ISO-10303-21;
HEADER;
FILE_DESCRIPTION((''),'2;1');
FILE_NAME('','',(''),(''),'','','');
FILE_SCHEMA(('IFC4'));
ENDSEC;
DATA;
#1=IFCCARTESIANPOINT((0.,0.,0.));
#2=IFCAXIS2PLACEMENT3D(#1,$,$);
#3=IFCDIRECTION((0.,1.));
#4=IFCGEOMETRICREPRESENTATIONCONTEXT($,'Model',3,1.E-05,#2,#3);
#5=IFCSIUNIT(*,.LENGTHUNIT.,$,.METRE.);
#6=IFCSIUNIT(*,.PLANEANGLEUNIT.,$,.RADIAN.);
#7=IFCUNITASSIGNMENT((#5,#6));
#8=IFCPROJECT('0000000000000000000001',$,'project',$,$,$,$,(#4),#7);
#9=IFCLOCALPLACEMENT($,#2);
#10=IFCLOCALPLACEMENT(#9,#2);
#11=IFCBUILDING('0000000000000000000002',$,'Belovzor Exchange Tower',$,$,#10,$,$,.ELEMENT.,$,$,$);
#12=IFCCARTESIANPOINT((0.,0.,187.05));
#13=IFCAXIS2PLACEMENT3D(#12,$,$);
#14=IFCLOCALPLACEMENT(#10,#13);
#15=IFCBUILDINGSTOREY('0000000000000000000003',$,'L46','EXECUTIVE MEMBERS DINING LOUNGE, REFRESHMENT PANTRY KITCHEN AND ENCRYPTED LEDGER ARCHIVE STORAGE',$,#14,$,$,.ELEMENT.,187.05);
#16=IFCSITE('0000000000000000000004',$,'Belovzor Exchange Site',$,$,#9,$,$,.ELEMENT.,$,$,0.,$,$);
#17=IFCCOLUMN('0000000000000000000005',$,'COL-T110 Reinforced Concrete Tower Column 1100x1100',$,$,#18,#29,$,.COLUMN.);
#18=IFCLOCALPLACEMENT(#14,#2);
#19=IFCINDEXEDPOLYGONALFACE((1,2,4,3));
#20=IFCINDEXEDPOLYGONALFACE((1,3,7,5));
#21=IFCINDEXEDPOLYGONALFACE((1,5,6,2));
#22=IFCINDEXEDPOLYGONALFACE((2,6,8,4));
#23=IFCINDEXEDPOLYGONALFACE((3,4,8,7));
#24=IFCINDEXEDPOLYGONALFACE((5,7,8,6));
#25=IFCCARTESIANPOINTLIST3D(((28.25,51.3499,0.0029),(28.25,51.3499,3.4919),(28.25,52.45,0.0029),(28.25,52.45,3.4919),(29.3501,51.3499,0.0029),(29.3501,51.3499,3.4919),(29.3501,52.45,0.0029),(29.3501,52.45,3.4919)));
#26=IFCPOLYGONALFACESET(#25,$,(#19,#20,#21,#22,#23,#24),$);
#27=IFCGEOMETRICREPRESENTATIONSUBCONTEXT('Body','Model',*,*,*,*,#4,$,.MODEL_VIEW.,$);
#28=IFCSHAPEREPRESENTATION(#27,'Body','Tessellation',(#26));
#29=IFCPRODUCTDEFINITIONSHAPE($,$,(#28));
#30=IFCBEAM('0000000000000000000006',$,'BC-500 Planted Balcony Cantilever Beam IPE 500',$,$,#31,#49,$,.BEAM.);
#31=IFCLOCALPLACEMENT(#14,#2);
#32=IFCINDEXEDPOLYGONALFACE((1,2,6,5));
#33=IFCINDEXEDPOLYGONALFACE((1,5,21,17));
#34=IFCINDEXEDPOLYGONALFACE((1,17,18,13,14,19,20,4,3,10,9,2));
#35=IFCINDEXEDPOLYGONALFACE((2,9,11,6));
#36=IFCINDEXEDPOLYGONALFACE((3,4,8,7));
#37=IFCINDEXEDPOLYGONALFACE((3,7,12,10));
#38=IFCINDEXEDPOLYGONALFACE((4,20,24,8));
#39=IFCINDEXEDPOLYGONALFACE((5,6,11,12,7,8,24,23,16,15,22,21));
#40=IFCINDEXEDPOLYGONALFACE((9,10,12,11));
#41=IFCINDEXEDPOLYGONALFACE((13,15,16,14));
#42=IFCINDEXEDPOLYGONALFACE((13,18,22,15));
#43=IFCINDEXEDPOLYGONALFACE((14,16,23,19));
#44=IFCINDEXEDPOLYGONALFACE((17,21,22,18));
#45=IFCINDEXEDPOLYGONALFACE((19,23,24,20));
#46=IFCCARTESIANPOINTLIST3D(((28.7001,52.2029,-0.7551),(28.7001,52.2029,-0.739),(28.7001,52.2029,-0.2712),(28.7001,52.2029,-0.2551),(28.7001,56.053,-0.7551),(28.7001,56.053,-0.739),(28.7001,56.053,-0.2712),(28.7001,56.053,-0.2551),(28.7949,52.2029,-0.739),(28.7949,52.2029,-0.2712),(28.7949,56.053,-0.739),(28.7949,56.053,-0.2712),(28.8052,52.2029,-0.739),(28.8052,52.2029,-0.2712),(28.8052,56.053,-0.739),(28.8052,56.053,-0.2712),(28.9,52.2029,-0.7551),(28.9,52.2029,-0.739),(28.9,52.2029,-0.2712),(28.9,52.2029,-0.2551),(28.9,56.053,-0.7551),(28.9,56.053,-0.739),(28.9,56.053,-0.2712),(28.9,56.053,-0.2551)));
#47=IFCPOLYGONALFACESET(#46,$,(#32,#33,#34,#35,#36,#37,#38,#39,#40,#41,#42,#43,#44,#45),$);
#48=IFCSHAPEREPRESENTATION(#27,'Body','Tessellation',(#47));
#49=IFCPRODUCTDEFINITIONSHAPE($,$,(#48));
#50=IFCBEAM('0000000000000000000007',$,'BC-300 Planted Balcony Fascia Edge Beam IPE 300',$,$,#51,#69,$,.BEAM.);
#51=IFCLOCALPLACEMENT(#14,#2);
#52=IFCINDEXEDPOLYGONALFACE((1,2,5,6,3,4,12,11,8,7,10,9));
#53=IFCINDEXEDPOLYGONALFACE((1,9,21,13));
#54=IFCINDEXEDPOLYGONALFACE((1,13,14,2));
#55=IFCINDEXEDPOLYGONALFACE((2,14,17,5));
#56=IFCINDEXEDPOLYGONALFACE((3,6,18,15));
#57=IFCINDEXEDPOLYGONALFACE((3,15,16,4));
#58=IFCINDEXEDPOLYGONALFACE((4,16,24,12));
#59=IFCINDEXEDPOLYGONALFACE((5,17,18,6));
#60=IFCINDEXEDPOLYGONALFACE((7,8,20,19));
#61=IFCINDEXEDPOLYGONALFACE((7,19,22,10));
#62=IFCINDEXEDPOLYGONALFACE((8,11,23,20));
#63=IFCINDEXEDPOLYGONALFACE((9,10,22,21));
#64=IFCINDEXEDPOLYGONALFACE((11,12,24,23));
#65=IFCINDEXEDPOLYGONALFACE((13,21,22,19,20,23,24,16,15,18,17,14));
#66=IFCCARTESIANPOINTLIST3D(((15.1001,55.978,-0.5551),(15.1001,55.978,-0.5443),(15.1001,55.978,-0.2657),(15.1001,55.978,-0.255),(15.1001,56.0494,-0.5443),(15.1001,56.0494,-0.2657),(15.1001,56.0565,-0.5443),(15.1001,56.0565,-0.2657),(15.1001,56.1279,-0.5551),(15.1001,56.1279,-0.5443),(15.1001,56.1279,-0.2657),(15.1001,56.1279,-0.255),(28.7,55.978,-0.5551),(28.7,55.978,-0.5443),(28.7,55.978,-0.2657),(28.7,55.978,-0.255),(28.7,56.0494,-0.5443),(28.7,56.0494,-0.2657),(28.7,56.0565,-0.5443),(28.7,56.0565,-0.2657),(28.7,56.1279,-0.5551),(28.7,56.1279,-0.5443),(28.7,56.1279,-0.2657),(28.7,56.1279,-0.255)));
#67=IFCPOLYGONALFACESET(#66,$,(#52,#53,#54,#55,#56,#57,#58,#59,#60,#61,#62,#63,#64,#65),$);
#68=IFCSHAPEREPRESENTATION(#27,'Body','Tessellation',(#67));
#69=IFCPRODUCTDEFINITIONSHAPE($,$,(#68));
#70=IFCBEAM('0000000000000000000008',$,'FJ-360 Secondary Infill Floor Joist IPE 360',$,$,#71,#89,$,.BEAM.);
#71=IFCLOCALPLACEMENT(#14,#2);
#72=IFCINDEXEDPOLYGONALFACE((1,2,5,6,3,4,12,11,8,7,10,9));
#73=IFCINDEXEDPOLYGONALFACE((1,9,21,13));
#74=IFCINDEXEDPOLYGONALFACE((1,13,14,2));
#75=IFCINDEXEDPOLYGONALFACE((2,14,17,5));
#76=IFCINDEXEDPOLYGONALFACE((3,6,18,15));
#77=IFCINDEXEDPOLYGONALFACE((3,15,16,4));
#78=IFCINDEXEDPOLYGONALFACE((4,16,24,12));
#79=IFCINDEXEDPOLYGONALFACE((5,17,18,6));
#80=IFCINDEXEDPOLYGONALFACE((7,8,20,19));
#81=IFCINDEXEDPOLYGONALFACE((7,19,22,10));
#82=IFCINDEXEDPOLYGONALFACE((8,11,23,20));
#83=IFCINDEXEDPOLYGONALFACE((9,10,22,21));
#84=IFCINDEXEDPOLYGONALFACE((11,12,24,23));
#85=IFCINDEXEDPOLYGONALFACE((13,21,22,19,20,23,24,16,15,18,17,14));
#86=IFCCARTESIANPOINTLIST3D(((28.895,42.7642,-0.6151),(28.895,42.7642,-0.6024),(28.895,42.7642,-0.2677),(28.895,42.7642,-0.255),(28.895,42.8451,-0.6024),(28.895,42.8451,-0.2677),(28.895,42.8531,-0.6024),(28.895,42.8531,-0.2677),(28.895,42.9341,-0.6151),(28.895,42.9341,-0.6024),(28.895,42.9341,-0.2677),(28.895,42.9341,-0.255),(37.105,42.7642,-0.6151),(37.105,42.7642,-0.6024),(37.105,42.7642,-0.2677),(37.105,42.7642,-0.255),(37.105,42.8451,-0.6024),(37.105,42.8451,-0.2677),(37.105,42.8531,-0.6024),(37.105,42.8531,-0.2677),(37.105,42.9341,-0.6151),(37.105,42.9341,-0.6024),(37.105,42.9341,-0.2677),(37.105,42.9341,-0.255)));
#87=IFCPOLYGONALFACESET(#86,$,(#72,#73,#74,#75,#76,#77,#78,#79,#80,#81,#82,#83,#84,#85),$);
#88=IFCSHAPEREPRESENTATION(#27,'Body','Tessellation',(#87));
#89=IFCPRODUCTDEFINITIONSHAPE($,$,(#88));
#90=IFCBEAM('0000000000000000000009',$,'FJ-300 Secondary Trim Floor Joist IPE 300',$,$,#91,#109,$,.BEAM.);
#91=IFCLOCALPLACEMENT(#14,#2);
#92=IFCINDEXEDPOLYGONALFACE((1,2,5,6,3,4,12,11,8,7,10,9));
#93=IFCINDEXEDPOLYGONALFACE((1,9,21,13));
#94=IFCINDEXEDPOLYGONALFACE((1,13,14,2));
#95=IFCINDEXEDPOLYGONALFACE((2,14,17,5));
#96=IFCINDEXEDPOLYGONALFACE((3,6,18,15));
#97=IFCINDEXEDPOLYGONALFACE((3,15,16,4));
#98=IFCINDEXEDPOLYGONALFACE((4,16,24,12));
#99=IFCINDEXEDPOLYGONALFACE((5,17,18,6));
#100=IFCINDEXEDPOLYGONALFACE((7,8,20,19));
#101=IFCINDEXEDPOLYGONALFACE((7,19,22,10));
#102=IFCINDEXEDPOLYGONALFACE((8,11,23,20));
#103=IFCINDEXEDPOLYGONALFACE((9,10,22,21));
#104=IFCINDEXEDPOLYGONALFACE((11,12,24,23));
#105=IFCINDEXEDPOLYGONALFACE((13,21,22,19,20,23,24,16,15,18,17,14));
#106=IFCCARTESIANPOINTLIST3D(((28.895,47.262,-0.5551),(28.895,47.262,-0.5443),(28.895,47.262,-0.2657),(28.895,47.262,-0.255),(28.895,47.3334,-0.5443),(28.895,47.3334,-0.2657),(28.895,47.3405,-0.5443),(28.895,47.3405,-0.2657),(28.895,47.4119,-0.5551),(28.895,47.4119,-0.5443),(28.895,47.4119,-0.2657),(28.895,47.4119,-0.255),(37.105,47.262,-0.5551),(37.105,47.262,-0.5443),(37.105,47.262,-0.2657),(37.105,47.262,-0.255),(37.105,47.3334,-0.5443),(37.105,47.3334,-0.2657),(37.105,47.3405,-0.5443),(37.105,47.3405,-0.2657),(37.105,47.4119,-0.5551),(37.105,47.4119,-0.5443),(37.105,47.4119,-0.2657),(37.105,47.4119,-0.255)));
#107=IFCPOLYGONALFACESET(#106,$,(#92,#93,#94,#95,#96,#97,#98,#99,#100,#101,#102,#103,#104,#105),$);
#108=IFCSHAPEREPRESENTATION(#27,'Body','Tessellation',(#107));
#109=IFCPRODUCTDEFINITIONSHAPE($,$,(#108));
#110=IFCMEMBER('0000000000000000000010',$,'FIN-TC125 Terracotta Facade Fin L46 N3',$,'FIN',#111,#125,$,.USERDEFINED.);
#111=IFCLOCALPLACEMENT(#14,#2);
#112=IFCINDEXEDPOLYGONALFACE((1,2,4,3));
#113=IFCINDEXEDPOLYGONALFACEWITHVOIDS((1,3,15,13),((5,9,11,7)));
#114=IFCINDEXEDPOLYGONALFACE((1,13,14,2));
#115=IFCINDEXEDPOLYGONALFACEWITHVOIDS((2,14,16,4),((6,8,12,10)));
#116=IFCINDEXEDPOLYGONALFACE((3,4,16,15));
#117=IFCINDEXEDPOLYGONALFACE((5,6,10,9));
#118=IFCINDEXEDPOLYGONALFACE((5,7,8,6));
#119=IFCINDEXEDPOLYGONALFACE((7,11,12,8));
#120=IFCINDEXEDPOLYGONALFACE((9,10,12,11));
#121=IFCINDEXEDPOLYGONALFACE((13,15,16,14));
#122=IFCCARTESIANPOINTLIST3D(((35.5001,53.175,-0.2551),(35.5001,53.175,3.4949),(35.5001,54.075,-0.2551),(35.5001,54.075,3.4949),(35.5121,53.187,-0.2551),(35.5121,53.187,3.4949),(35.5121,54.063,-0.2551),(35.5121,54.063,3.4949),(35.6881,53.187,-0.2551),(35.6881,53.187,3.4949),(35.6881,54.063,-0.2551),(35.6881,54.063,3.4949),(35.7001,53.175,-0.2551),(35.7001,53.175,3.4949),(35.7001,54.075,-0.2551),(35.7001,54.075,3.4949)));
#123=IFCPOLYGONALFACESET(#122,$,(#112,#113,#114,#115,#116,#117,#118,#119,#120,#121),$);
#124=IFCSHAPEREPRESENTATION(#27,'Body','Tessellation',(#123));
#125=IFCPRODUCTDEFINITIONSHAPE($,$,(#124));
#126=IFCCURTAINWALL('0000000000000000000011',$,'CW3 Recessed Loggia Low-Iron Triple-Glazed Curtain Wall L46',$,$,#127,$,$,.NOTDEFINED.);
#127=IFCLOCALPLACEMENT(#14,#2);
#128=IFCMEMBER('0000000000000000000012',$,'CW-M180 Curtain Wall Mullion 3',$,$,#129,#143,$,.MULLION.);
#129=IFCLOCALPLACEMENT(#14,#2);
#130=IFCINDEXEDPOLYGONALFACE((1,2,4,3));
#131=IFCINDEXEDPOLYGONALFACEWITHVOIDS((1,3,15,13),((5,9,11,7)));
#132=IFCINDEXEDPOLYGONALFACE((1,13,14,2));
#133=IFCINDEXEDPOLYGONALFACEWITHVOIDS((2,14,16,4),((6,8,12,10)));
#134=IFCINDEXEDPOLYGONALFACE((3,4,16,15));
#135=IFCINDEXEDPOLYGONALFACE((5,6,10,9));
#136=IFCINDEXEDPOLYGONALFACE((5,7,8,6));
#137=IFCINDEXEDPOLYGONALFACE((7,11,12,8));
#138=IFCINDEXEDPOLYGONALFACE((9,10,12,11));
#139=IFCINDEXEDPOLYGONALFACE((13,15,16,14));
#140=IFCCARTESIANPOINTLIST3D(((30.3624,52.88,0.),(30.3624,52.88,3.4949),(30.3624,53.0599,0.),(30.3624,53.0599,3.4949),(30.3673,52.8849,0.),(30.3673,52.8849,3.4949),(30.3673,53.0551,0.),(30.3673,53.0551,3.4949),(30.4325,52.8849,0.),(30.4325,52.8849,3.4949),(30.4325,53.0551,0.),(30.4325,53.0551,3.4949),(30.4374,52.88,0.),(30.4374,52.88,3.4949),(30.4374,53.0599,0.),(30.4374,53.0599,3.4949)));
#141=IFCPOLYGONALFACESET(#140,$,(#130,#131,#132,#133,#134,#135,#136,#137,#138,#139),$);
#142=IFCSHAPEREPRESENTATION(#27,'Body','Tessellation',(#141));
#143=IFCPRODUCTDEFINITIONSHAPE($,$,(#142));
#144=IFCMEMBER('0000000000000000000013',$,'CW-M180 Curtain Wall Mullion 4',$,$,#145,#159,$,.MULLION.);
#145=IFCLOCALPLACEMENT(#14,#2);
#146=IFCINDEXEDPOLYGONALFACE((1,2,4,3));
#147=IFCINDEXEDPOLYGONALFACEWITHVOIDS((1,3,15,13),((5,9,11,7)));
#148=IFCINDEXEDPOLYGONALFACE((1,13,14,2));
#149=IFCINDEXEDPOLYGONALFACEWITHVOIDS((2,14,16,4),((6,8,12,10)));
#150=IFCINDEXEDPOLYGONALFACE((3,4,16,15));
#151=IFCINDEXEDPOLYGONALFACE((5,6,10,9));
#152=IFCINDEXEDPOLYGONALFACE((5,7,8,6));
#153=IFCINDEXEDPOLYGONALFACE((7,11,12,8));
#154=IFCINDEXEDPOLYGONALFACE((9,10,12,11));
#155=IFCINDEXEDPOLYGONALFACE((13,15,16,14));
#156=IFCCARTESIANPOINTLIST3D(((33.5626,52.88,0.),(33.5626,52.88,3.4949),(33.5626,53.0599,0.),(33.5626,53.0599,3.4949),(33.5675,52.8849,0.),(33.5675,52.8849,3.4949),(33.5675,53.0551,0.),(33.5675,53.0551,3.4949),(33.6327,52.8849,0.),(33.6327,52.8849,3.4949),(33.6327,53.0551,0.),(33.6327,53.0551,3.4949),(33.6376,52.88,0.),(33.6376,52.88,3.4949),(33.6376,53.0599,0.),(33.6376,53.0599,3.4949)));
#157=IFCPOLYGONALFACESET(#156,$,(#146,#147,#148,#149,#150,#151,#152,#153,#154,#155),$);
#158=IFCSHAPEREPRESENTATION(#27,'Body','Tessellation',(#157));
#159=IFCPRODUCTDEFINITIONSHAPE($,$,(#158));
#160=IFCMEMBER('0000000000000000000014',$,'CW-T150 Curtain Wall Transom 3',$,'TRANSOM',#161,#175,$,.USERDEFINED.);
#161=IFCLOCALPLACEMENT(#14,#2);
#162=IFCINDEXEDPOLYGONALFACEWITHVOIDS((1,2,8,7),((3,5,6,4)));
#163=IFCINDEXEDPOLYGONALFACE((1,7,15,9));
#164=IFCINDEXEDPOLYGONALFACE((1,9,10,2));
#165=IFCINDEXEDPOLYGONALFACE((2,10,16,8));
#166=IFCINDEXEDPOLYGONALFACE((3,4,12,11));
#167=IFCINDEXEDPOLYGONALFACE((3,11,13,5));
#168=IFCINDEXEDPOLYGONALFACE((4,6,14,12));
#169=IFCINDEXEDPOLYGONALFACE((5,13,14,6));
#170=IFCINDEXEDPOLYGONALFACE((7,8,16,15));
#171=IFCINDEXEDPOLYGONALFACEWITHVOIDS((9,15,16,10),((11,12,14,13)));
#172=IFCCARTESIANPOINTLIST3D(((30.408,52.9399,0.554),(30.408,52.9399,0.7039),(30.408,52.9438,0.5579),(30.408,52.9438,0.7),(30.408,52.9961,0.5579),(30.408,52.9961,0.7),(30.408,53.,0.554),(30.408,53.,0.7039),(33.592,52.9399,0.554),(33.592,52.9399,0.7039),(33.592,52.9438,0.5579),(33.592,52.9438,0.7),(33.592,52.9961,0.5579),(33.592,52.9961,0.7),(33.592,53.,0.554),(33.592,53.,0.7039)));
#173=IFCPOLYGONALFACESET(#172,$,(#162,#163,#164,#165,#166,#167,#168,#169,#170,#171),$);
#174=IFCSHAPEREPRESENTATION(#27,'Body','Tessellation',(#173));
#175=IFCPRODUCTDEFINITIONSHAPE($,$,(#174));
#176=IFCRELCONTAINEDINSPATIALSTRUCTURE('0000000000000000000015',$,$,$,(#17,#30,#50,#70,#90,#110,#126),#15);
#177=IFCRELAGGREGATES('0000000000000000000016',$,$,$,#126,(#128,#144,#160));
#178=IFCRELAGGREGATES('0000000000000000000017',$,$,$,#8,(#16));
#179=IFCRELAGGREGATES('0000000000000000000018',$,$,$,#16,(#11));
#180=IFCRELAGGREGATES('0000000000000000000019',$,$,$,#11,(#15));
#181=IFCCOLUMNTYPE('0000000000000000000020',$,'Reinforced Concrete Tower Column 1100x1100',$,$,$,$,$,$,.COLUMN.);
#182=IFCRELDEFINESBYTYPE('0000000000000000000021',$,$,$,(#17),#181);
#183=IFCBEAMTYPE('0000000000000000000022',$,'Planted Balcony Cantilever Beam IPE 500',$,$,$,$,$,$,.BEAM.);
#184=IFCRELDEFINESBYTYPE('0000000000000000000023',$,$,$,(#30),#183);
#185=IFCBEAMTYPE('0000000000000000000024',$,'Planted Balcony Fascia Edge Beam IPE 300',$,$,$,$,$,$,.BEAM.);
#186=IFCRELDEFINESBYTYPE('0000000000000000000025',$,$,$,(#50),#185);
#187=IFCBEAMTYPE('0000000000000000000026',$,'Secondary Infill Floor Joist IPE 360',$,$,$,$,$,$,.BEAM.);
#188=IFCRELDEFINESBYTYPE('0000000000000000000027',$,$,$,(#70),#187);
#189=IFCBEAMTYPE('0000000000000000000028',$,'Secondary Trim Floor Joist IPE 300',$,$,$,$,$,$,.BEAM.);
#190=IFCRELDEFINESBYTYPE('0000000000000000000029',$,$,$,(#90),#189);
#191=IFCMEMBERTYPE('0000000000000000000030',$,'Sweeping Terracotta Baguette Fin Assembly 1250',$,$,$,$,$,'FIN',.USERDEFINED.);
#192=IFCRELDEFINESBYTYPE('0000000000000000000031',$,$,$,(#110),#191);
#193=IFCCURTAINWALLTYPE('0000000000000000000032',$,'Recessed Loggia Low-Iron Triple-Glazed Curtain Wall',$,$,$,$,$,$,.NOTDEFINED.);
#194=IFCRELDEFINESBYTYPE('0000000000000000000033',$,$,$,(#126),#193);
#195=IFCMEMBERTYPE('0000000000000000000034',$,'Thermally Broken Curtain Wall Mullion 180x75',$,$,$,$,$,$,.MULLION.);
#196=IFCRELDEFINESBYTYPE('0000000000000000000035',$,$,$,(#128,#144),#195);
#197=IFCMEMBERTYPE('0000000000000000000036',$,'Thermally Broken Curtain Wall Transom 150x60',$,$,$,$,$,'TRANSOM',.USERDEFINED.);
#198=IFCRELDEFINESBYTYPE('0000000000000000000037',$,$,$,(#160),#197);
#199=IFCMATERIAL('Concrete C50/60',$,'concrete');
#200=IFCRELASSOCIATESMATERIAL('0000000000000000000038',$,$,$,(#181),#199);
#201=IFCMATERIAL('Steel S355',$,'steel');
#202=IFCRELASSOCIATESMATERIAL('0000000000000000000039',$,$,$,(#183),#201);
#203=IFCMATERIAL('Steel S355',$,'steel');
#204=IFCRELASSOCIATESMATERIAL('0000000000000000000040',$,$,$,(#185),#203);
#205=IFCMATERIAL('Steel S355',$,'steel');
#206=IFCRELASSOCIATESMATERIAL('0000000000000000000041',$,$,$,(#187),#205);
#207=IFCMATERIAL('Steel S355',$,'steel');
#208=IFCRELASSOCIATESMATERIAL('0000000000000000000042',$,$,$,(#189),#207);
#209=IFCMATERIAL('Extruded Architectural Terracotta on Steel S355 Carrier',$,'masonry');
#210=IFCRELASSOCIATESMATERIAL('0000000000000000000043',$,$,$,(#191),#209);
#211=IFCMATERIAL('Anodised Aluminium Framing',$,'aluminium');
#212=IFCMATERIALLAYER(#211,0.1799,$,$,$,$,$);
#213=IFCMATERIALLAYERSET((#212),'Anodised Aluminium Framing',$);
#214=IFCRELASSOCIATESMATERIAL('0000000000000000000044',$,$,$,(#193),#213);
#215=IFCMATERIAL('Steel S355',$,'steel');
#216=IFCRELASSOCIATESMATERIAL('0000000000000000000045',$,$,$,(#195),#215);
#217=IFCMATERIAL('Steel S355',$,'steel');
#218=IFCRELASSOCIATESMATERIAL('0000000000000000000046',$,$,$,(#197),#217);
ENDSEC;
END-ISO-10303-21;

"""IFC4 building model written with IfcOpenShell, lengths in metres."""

from ifc_helpers import new_model, si_unit, direction, frame, origin, origin_2d, place, context, subcontext, project, spatial, rectangle, hollow_rectangle, i_section, extrude, material, layer, layer_set, material_profile, profile_set, type_object, element, aggregate, save


model = new_model("IFC4")

# Units and contexts
model_context = context("Model", 3, precision=1e-05, world=origin(), true_north=direction((0.0, 1.0)))
body_context = subcontext(model_context, "Body", "Model", "MODEL_VIEW")
ifc_project = project(units=[si_unit("LENGTHUNIT", "METRE"), si_unit("PLANEANGLEUNIT", "RADIAN")], contexts=[model_context])

# Site, building, storey
site_placement = place(None, origin())
site = spatial("IfcSite", under=ifc_project, at=site_placement, Name="Belovzor Exchange Site", CompositionType="ELEMENT", RefElevation=0.0)
building_placement = place(site_placement, origin())
building = spatial("IfcBuilding", under=site, at=building_placement, Name="Belovzor Exchange Tower", CompositionType="ELEMENT")
storey_placement = place(building_placement, frame((0.0, 0.0, 187.05)))
storey = spatial("IfcBuildingStorey", under=building, at=storey_placement, Name="L46", Description="EXECUTIVE MEMBERS DINING LOUNGE, REFRESHMENT PANTRY KITCHEN AND ENCRYPTED LEDGER ARCHIVE STORAGE", CompositionType="ELEMENT", Elevation=187.05)

# Column
ifc_material_1 = material(Name="Concrete C50/60", Category="concrete")
ifc_material_profile_1 = material_profile(ifc_material_1, rectangle(XDim=1.1001, YDim=1.1001, at=origin_2d()))
ifc_profile_set_1 = profile_set([ifc_material_profile_1], Name="Concrete C50/60")
column_type = type_object("IfcColumnType", Name="Reinforced Concrete Tower Column 1100x1100", PredefinedType="COLUMN", material=ifc_profile_set_1)
column_placement = place(storey_placement, frame((28.8, 51.8999, 0.0029), z_axis=(0.0, 0.0, 1.0), x_axis=(1.0, 0.0, 0.0)))
element("IfcColumn", 1, at=column_placement, inside=storey, type_object=column_type, Name="COL-T110 Reinforced Concrete Tower Column 1100x1100", PredefinedType="COLUMN", context=body_context, shape_type="SweptSolid", body=[
    extrude(rectangle(XDim=1.1001, YDim=1.1001, at=origin_2d()), origin(), (0.0, 0.0, 1.0), 3.489),
])

# Beams
ifc_material_2 = material(Name="Steel S355", Category="steel")
ifc_material_profile_2 = material_profile(ifc_material_2, i_section(OverallWidth=0.2, OverallDepth=0.5, WebThickness=0.0103, FlangeThickness=0.0161, at=origin_2d()))
ifc_profile_set_2 = profile_set([ifc_material_profile_2], Name="Steel S355")
beam_type_1 = type_object("IfcBeamType", Name="Planted Balcony Cantilever Beam IPE 500", PredefinedType="BEAM", material=ifc_profile_set_2)
beam_1_placement = place(storey_placement, frame((28.8, 52.2029, -0.5051), z_axis=(0.0, 1.0, 0.0), x_axis=(-1.0, 0.0, 0.0)))
element("IfcBeam", 2, at=beam_1_placement, inside=storey, type_object=beam_type_1, Name="BC-500 Planted Balcony Cantilever Beam IPE 500", PredefinedType="BEAM", context=body_context, shape_type="SweptSolid", body=[
    extrude(i_section(OverallWidth=0.2, OverallDepth=0.5, WebThickness=0.0103, FlangeThickness=0.0161, at=origin_2d()), origin(), (0.0, 0.0, 1.0), 3.8501),
])
ifc_material_3 = material(Name="Steel S355", Category="steel")
ifc_material_profile_3 = material_profile(ifc_material_3, i_section(OverallWidth=0.1499, OverallDepth=0.3, WebThickness=0.0071, FlangeThickness=0.0107, at=origin_2d()))
ifc_profile_set_3 = profile_set([ifc_material_profile_3], Name="Steel S355")
beam_type_2 = type_object("IfcBeamType", Name="Planted Balcony Fascia Edge Beam IPE 300", PredefinedType="BEAM", material=ifc_profile_set_3)
beam_2_placement = place(storey_placement, frame((28.7, 56.053, -0.405), z_axis=(-1.0, 0.0, 0.0), x_axis=(0.0, -1.0, 0.0)))
element("IfcBeam", 3, at=beam_2_placement, inside=storey, type_object=beam_type_2, Name="BC-300 Planted Balcony Fascia Edge Beam IPE 300", PredefinedType="BEAM", context=body_context, shape_type="SweptSolid", body=[
    extrude(i_section(OverallWidth=0.1499, OverallDepth=0.3, WebThickness=0.0071, FlangeThickness=0.0107, at=origin_2d()), origin(), (0.0, 0.0, 1.0), 13.5999),
])
ifc_material_4 = material(Name="Steel S355", Category="steel")
ifc_material_profile_4 = material_profile(ifc_material_4, i_section(OverallWidth=0.1699, OverallDepth=0.3601, WebThickness=0.0081, FlangeThickness=0.0127, at=origin_2d()))
ifc_profile_set_4 = profile_set([ifc_material_profile_4], Name="Steel S355")
beam_type_3 = type_object("IfcBeamType", Name="Secondary Infill Floor Joist IPE 360", PredefinedType="BEAM", material=ifc_profile_set_4)
beam_3_placement = place(storey_placement, frame((28.895, 42.8491, -0.4351), z_axis=(1.0, 0.0, 0.0), x_axis=(0.0, 1.0, 0.0)))
element("IfcBeam", 4, at=beam_3_placement, inside=storey, type_object=beam_type_3, Name="FJ-360 Secondary Infill Floor Joist IPE 360", PredefinedType="BEAM", context=body_context, shape_type="SweptSolid", body=[
    extrude(i_section(OverallWidth=0.1699, OverallDepth=0.3601, WebThickness=0.0081, FlangeThickness=0.0127, at=origin_2d()), origin(), (0.0, 0.0, 1.0), 8.21),
])
ifc_material_5 = material(Name="Steel S355", Category="steel")
ifc_material_profile_5 = material_profile(ifc_material_5, i_section(OverallWidth=0.1499, OverallDepth=0.3, WebThickness=0.0071, FlangeThickness=0.0107, at=origin_2d()))
ifc_profile_set_5 = profile_set([ifc_material_profile_5], Name="Steel S355")
beam_type_4 = type_object("IfcBeamType", Name="Secondary Trim Floor Joist IPE 300", PredefinedType="BEAM", material=ifc_profile_set_5)
beam_4_placement = place(storey_placement, frame((28.895, 47.3369, -0.405), z_axis=(1.0, 0.0, 0.0), x_axis=(0.0, 1.0, 0.0)))
element("IfcBeam", 5, at=beam_4_placement, inside=storey, type_object=beam_type_4, Name="FJ-300 Secondary Trim Floor Joist IPE 300", PredefinedType="BEAM", context=body_context, shape_type="SweptSolid", body=[
    extrude(i_section(OverallWidth=0.1499, OverallDepth=0.3, WebThickness=0.0071, FlangeThickness=0.0107, at=origin_2d()), origin(), (0.0, 0.0, 1.0), 8.21),
])

# Member
ifc_material_6 = material(Name="Extruded Architectural Terracotta on Steel S355 Carrier", Category="masonry")
ifc_material_profile_6 = material_profile(ifc_material_6, hollow_rectangle(XDim=0.2, YDim=0.8999, WallThickness=0.012, at=origin_2d()))
ifc_profile_set_6 = profile_set([ifc_material_profile_6], Name="Extruded Architectural Terracotta on Steel S355 Carrier")
member_type_1 = type_object("IfcMemberType", Name="Sweeping Terracotta Baguette Fin Assembly 1250", ElementType="FIN", PredefinedType="USERDEFINED", material=ifc_profile_set_6)
member_1_placement = place(storey_placement, frame((35.6001, 53.625, -0.2551), z_axis=(0.0, 0.0, 1.0), x_axis=(1.0, 0.0, 0.0)))
element("IfcMember", 6, at=member_1_placement, inside=storey, type_object=member_type_1, Name="FIN-TC125 Terracotta Facade Fin L46 N3", ObjectType="FIN", PredefinedType="USERDEFINED", context=body_context, shape_type="SweptSolid", body=[
    extrude(hollow_rectangle(XDim=0.2, YDim=0.8999, WallThickness=0.012, at=origin_2d()), origin(), (0.0, 0.0, 1.0), 3.75),
])

# Curtain wall, members
ifc_material_7 = material(Name="Anodised Aluminium Framing", Category="aluminium")
ifc_layer_1 = layer(ifc_material_7, 0.1799)
ifc_layer_set_1 = layer_set([ifc_layer_1], Name="Anodised Aluminium Framing")
curtain_wall_type = type_object("IfcCurtainWallType", Name="Recessed Loggia Low-Iron Triple-Glazed Curtain Wall", PredefinedType="NOTDEFINED", material=ifc_layer_set_1)
curtain_wall_placement = place(storey_placement, origin())
curtain_wall = element("IfcCurtainWall", 7, at=curtain_wall_placement, inside=storey, type_object=curtain_wall_type, Name="CW3 Recessed Loggia Low-Iron Triple-Glazed Curtain Wall L46", PredefinedType="NOTDEFINED")
ifc_material_8 = material(Name="Steel S355", Category="steel")
ifc_material_profile_7 = material_profile(ifc_material_8, hollow_rectangle(XDim=0.075, YDim=0.1799, WallThickness=0.0049, at=origin_2d()))
ifc_profile_set_7 = profile_set([ifc_material_profile_7], Name="Steel S355")
member_type_2 = type_object("IfcMemberType", Name="Thermally Broken Curtain Wall Mullion 180x75", PredefinedType="MULLION", material=ifc_profile_set_7)
member_2_placement = place(storey_placement, frame((30.3999, 52.97, 0.0), z_axis=(0.0, 0.0, 1.0), x_axis=(1.0, 0.0, 0.0)))
member_2 = element("IfcMember", 8, at=member_2_placement, type_object=member_type_2, Name="CW-M180 Curtain Wall Mullion 3", PredefinedType="MULLION", context=body_context, shape_type="SweptSolid", body=[
    extrude(hollow_rectangle(XDim=0.075, YDim=0.1799, WallThickness=0.0049, at=origin_2d()), origin(), (0.0, 0.0, 1.0), 3.4949),
])
member_3_placement = place(storey_placement, frame((33.6001, 52.97, 0.0), z_axis=(0.0, 0.0, 1.0), x_axis=(1.0, 0.0, 0.0)))
member_3 = element("IfcMember", 9, at=member_3_placement, type_object=member_type_2, Name="CW-M180 Curtain Wall Mullion 4", PredefinedType="MULLION", context=body_context, shape_type="SweptSolid", body=[
    extrude(hollow_rectangle(XDim=0.075, YDim=0.1799, WallThickness=0.0049, at=origin_2d()), origin(), (0.0, 0.0, 1.0), 3.4949),
])
ifc_material_9 = material(Name="Steel S355", Category="steel")
ifc_material_profile_8 = material_profile(ifc_material_9, hollow_rectangle(XDim=0.0601, YDim=0.1499, WallThickness=0.0039, at=origin_2d()))
ifc_profile_set_8 = profile_set([ifc_material_profile_8], Name="Steel S355")
member_type_3 = type_object("IfcMemberType", Name="Thermally Broken Curtain Wall Transom 150x60", ElementType="TRANSOM", PredefinedType="USERDEFINED", material=ifc_profile_set_8)
member_4_placement = place(storey_placement, frame((30.408, 52.97, 0.6289), z_axis=(1.0, 0.0, 0.0), x_axis=(0.0, 1.0, 0.0)))
member_4 = element("IfcMember", 10, at=member_4_placement, type_object=member_type_3, Name="CW-T150 Curtain Wall Transom 3", ObjectType="TRANSOM", PredefinedType="USERDEFINED", context=body_context, shape_type="SweptSolid", body=[
    extrude(hollow_rectangle(XDim=0.0601, YDim=0.1499, WallThickness=0.0039, at=origin_2d()), origin(), (0.0, 0.0, 1.0), 3.1841),
])

aggregate(curtain_wall, [member_2, member_3, member_4])

save(model, "model.ifc")
